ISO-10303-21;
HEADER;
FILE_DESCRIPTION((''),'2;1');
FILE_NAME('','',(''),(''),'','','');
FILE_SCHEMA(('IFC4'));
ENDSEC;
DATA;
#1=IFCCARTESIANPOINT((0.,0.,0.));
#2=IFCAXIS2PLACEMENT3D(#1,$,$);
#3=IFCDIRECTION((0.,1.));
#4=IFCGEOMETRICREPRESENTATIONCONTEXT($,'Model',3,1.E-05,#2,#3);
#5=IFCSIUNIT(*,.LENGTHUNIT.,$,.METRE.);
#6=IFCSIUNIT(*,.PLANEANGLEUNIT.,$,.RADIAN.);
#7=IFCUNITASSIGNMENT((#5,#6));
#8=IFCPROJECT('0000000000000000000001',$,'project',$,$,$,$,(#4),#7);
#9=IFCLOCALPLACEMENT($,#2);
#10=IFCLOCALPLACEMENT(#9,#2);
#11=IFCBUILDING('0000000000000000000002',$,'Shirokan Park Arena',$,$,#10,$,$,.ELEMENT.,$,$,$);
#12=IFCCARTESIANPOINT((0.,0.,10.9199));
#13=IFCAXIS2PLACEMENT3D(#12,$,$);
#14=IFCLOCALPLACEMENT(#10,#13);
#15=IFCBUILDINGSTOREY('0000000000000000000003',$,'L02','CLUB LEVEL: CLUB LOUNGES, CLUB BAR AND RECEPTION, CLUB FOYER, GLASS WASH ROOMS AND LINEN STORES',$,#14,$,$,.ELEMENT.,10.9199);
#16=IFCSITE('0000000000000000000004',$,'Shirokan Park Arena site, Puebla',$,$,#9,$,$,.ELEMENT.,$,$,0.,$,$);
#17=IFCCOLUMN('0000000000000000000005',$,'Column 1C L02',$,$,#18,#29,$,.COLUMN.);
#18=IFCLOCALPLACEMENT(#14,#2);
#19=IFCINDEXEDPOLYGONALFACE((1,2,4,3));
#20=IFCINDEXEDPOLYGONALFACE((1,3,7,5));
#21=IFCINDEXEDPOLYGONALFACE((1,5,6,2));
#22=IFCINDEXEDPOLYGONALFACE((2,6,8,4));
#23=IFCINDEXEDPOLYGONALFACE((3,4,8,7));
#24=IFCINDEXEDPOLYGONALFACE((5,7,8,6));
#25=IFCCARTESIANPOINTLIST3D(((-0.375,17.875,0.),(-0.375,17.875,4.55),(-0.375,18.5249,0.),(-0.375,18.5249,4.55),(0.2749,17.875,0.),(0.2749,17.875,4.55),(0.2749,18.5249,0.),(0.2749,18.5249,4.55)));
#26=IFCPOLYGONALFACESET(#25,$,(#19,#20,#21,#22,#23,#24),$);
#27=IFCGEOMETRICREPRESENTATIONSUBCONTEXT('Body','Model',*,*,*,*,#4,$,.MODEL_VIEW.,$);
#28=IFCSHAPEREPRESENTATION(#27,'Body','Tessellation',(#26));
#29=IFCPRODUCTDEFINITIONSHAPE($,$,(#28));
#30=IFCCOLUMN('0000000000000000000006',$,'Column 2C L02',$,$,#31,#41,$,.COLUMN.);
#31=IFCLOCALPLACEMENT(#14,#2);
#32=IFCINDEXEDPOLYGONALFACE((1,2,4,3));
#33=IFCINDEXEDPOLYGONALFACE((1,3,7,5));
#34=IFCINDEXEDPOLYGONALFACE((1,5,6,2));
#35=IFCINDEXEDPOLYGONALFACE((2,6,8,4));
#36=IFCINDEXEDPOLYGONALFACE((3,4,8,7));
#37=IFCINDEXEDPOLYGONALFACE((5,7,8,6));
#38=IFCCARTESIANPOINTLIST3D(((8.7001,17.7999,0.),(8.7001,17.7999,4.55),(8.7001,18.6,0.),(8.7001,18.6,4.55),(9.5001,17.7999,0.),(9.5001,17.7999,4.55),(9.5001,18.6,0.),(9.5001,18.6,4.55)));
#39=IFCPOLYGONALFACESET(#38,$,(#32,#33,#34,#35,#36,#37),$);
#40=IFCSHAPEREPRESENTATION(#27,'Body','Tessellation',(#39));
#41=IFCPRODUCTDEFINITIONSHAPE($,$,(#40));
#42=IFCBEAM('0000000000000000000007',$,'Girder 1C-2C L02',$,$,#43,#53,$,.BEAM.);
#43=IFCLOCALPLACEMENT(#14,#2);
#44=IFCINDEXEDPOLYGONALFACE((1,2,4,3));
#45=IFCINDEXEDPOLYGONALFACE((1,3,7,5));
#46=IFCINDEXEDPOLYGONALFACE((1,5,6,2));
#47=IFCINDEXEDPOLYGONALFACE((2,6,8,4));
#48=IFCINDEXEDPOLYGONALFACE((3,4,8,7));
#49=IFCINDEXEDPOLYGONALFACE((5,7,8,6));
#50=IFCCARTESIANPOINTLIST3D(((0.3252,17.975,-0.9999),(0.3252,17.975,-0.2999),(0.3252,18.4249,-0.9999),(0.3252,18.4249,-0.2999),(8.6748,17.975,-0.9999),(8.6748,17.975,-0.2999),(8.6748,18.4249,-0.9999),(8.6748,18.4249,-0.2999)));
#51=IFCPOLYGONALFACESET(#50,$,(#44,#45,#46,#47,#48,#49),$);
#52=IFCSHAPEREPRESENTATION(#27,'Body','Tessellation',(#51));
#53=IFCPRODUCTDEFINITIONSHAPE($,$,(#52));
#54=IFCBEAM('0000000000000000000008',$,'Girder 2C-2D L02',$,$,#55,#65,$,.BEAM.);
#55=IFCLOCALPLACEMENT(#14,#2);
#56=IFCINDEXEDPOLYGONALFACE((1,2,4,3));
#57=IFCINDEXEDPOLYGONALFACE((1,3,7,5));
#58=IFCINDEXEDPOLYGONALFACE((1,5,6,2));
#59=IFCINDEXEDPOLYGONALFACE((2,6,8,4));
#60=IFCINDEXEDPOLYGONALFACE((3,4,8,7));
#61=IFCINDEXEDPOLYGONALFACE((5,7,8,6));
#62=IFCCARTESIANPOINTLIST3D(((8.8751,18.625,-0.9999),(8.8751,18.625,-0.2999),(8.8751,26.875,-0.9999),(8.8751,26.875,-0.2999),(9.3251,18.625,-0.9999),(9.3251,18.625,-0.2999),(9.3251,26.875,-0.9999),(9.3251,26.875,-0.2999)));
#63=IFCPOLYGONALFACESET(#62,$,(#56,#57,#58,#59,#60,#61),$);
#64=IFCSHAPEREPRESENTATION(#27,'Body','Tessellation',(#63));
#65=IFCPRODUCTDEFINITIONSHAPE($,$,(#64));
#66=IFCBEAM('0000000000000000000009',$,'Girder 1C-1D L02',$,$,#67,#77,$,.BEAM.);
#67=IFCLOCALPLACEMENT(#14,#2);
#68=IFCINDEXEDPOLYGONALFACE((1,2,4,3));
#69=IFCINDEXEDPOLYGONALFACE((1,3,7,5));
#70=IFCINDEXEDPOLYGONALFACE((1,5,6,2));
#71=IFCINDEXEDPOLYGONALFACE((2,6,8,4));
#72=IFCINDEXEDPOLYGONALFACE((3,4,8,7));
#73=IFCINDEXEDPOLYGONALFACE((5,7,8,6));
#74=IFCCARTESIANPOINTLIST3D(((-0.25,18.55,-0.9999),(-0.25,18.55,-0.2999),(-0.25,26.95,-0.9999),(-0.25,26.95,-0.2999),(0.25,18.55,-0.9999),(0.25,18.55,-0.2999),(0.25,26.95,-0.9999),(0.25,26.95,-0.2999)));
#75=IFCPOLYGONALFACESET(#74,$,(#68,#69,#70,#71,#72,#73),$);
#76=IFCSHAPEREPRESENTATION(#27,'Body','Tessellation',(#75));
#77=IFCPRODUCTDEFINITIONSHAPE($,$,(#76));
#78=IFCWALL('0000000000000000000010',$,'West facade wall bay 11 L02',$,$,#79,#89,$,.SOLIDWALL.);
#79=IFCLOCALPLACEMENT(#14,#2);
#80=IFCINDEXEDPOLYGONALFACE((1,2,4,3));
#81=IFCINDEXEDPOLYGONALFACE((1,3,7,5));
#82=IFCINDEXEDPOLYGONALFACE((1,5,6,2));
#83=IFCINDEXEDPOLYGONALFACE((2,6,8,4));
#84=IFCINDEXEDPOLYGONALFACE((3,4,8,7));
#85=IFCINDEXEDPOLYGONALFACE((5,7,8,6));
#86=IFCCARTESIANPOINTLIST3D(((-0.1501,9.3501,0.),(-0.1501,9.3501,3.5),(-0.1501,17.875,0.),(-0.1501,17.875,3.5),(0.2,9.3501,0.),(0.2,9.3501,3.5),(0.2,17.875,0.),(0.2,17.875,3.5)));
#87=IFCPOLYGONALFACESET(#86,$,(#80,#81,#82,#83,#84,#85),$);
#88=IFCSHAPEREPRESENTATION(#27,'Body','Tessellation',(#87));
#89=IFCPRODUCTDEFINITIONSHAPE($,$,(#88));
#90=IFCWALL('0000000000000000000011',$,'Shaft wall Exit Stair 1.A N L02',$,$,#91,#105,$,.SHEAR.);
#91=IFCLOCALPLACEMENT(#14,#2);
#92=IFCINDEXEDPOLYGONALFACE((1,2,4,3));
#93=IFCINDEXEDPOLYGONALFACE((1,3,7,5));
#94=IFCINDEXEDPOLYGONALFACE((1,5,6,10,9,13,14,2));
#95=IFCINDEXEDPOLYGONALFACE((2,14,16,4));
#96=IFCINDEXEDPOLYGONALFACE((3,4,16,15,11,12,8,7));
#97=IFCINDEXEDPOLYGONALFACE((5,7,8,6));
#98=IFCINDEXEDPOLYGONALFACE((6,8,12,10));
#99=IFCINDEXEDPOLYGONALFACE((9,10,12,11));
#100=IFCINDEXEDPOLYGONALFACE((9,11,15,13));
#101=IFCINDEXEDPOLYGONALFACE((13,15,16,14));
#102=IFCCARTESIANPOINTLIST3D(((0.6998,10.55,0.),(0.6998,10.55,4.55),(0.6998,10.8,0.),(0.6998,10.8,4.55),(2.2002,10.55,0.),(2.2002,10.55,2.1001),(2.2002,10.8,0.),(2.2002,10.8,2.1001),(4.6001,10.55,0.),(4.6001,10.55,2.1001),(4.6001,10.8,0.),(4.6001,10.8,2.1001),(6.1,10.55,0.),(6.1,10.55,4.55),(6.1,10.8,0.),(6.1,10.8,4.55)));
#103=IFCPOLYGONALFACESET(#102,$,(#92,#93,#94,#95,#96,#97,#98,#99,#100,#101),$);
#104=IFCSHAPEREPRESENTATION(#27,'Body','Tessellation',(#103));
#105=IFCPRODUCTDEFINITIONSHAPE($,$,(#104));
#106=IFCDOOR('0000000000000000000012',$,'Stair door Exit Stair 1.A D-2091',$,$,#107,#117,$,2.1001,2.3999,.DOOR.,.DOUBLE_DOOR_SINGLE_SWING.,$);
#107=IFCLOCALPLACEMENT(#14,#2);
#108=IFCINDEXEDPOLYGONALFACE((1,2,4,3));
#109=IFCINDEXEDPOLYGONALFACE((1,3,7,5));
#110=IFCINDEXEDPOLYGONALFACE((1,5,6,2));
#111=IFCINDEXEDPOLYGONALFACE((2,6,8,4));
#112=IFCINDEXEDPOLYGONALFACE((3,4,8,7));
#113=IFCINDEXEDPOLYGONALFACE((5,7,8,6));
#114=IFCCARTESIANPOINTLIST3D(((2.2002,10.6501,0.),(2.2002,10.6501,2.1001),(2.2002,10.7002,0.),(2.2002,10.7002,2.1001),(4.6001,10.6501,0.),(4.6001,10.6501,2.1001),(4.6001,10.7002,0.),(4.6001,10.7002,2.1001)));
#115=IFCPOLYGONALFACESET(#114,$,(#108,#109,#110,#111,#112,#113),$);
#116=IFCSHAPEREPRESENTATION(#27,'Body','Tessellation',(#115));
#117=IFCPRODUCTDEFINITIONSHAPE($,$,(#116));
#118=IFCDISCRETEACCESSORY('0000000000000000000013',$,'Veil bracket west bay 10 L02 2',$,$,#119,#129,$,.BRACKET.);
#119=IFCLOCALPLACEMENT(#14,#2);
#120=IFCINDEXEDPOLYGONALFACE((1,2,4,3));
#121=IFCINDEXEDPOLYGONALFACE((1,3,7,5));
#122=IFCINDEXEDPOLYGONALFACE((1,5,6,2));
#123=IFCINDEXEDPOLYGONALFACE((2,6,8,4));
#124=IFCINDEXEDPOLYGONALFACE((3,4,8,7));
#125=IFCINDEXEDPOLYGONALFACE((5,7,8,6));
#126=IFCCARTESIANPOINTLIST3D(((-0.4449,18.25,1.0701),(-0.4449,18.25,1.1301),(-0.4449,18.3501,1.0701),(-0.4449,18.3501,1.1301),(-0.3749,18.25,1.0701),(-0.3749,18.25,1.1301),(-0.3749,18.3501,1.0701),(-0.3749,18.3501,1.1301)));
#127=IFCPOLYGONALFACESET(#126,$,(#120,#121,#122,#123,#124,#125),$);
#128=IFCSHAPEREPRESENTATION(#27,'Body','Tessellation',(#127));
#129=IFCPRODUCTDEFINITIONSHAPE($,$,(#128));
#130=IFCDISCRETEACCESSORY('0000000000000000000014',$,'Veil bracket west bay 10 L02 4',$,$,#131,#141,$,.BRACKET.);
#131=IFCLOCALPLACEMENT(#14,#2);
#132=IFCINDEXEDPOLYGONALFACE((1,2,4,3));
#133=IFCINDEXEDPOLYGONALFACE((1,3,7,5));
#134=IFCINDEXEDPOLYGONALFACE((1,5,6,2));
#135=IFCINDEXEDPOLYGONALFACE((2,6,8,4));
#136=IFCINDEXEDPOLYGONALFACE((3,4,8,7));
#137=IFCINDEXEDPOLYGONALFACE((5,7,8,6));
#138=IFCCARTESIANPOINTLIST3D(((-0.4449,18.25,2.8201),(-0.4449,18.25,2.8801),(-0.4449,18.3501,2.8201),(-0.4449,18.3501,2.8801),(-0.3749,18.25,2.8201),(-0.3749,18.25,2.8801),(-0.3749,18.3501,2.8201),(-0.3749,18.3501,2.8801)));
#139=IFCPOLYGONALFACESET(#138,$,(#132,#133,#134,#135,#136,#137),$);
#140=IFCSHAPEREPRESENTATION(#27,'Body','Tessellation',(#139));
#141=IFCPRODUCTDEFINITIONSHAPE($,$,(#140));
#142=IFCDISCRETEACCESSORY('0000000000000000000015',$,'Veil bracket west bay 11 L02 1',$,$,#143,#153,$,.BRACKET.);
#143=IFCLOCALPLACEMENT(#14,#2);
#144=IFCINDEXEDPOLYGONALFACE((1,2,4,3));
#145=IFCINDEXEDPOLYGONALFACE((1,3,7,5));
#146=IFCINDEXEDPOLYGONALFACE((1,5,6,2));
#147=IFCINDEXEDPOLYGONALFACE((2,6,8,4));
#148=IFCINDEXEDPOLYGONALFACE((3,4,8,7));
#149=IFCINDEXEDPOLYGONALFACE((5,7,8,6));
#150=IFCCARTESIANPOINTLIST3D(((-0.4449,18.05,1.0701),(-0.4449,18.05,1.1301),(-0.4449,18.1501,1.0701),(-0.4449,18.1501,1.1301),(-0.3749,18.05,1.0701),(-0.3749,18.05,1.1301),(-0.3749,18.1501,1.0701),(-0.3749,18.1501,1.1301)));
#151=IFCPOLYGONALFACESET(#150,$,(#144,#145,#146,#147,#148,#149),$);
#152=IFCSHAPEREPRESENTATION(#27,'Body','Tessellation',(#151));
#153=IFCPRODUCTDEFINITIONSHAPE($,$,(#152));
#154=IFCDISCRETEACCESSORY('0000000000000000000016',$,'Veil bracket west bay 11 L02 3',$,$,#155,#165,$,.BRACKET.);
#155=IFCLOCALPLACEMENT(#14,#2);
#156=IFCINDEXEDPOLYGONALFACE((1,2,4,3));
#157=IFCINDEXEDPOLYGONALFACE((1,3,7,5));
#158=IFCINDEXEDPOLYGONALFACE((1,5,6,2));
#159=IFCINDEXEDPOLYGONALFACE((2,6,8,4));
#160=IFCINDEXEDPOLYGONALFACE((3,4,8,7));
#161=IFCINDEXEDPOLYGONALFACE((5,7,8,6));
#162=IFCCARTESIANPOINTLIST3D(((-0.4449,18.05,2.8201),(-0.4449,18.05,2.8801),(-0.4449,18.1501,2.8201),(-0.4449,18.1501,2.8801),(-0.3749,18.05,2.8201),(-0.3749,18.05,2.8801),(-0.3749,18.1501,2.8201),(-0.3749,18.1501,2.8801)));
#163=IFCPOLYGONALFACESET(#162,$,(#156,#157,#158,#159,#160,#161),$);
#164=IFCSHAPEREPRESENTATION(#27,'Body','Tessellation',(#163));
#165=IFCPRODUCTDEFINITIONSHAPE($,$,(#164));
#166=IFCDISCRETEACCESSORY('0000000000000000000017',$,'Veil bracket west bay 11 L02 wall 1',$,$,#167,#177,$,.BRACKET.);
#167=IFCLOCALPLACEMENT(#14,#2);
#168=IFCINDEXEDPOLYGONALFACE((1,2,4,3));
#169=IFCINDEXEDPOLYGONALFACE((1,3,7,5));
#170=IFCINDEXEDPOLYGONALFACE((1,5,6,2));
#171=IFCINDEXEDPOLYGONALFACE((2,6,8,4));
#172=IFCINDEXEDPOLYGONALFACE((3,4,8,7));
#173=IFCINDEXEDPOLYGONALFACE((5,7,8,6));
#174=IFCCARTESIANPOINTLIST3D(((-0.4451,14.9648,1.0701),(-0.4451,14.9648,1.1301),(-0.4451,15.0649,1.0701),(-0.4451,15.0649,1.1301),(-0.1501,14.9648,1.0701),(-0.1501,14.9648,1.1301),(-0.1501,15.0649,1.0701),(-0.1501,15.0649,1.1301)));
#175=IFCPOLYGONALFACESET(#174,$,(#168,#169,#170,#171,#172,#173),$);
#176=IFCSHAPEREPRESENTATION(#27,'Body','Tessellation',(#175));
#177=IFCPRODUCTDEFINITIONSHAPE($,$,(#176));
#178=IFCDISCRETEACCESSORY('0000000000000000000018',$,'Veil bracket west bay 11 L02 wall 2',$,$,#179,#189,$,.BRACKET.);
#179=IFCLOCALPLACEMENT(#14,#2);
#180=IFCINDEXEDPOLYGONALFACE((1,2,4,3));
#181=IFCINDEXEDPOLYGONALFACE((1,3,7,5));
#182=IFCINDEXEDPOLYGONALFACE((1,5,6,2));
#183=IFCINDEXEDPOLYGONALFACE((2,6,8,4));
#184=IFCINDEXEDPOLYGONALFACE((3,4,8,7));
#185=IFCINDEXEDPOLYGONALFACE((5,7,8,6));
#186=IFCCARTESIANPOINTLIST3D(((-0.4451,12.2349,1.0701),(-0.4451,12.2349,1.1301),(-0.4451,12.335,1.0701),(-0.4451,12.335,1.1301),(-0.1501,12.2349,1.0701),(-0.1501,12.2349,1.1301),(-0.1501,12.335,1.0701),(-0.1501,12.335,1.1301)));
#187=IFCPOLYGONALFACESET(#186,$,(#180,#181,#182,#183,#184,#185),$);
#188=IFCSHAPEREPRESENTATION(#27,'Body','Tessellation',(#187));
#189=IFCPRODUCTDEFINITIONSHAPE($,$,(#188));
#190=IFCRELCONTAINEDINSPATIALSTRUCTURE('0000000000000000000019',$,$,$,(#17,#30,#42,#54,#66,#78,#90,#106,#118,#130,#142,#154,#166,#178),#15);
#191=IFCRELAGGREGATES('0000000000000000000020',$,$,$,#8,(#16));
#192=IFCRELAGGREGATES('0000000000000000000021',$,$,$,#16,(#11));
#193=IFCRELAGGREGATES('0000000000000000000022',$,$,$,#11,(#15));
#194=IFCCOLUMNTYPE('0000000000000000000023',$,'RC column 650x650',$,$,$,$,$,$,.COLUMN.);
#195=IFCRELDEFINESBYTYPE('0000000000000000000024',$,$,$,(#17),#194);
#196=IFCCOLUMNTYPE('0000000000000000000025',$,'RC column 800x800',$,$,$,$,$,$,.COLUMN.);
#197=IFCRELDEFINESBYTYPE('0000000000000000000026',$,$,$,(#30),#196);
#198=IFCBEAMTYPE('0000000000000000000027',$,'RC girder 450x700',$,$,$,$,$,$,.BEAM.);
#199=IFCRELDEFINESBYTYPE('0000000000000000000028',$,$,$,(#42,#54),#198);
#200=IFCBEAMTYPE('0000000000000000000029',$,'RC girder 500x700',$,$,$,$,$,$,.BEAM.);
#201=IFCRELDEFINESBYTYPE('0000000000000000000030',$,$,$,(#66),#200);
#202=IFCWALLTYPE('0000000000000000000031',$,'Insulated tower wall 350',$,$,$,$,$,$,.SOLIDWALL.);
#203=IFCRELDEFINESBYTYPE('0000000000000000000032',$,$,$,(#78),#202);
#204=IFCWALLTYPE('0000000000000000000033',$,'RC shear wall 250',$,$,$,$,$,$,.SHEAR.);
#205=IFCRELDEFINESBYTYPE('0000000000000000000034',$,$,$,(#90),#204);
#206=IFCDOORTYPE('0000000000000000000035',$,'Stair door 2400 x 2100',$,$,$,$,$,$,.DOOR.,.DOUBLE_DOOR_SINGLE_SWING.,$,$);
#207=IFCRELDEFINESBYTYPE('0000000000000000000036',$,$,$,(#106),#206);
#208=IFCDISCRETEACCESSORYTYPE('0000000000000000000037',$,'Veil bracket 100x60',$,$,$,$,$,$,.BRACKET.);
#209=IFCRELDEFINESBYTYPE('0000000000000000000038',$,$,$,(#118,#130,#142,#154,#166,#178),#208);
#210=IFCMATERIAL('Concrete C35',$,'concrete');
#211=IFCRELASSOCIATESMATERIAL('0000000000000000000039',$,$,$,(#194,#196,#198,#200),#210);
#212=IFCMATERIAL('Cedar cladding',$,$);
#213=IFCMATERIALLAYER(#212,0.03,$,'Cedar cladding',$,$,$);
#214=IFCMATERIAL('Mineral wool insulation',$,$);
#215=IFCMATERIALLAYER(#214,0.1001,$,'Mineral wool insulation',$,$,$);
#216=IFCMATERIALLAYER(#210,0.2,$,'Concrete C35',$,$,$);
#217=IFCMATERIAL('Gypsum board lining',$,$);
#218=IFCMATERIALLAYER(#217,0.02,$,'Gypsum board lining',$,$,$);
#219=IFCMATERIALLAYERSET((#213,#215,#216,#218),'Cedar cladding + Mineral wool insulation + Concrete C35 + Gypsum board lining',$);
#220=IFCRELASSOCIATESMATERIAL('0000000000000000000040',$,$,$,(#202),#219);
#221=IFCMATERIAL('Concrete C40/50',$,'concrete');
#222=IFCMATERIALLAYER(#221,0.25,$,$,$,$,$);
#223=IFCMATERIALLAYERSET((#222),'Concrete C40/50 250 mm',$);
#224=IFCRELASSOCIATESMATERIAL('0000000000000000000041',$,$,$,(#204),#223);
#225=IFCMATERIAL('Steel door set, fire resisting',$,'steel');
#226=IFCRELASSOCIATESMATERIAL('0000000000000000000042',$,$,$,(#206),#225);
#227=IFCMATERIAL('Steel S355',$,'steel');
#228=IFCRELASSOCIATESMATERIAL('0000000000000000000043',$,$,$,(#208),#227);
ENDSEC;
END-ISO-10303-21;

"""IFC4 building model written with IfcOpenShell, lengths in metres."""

from ifc_helpers import new_model, si_unit, direction, frame, frame_2d, origin, origin_2d, place, context, subcontext, project, spatial, rectangle, extrude, material, layer, layer_set, material_profile, profile_set, type_object, element, fill, save


model = new_model("IFC4")

# Units and contexts
model_context = context("Model", 3, precision=1e-05, world=origin(), true_north=direction((0.0, 1.0)))
body_context = subcontext(model_context, "Body", "Model", "MODEL_VIEW")
ifc_project = project(units=[si_unit("LENGTHUNIT", "METRE"), si_unit("PLANEANGLEUNIT", "RADIAN")], contexts=[model_context])

# Site, building, storey
site_placement = place(None, origin())
site = spatial("IfcSite", under=ifc_project, at=site_placement, Name="Shirokan Park Arena site, Puebla", CompositionType="ELEMENT", RefElevation=0.0)
building_placement = place(site_placement, origin())
building = spatial("IfcBuilding", under=site, at=building_placement, Name="Shirokan Park Arena", CompositionType="ELEMENT")
storey_placement = place(building_placement, frame((0.0, 0.0, 10.9199)))
storey = spatial("IfcBuildingStorey", under=building, at=storey_placement, Name="L02", Description="CLUB LEVEL: CLUB LOUNGES, CLUB BAR AND RECEPTION, CLUB FOYER, GLASS WASH ROOMS AND LINEN STORES", CompositionType="ELEMENT", Elevation=10.9199)

# Columns
ifc_material_1 = material(Name="Concrete C35", Category="concrete")
ifc_material_profile_1 = material_profile(ifc_material_1, rectangle(XDim=0.6499, YDim=0.6499, at=origin_2d()), Name="650x650")
ifc_profile_set_1 = profile_set([ifc_material_profile_1], Name="Concrete C35")
column_type_1 = type_object("IfcColumnType", Name="RC column 650x650", PredefinedType="COLUMN", material=ifc_profile_set_1)
column_1_placement = place(storey_placement, frame((-0.05, 18.2, 0.0), z_axis=(0.0, 0.0, 1.0), x_axis=(1.0, 0.0, 0.0)))
element("IfcColumn", 1, at=column_1_placement, inside=storey, type_object=column_type_1, Name="Column 1C L02", PredefinedType="COLUMN", context=body_context, shape_type="SweptSolid", body=[
    extrude(rectangle(XDim=0.6499, YDim=0.6499, at=origin_2d()), origin(), (0.0, 0.0, 1.0), 4.55),
])
ifc_material_profile_2 = material_profile(ifc_material_1, rectangle(XDim=0.8, YDim=0.8, at=origin_2d()), Name="800x800")
ifc_profile_set_2 = profile_set([ifc_material_profile_2], Name="Concrete C35")
column_type_2 = type_object("IfcColumnType", Name="RC column 800x800", PredefinedType="COLUMN", material=ifc_profile_set_2)
column_2_placement = place(storey_placement, frame((9.1001, 18.2, 0.0), z_axis=(0.0, 0.0, 1.0), x_axis=(1.0, 0.0, 0.0)))
element("IfcColumn", 2, at=column_2_placement, inside=storey, type_object=column_type_2, Name="Column 2C L02", PredefinedType="COLUMN", context=body_context, shape_type="SweptSolid", body=[
    extrude(rectangle(XDim=0.8, YDim=0.8, at=origin_2d()), origin(), (0.0, 0.0, 1.0), 4.55),
])

# Beams
ifc_material_profile_3 = material_profile(ifc_material_1, rectangle(XDim=0.45, YDim=0.7, at=origin_2d()), Name="450x700")
ifc_profile_set_3 = profile_set([ifc_material_profile_3], Name="Concrete C35")
beam_type_1 = type_object("IfcBeamType", Name="RC girder 450x700", PredefinedType="BEAM", material=ifc_profile_set_3)
beam_1_placement = place(storey_placement, frame((0.3252, 18.2, -0.6499), z_axis=(1.0, 0.0, 0.0), x_axis=(0.0, 1.0, 0.0)))
element("IfcBeam", 3, at=beam_1_placement, inside=storey, type_object=beam_type_1, Name="Girder 1C-2C L02", PredefinedType="BEAM", context=body_context, shape_type="SweptSolid", body=[
    extrude(rectangle(XDim=0.45, YDim=0.7, at=origin_2d()), origin(), (0.0, 0.0, 1.0), 8.3496),
])
beam_2_placement = place(storey_placement, frame((9.1001, 18.625, -0.6499), z_axis=(0.0, 1.0, 0.0), x_axis=(-1.0, 0.0, 0.0)))
element("IfcBeam", 4, at=beam_2_placement, inside=storey, type_object=beam_type_1, Name="Girder 2C-2D L02", PredefinedType="BEAM", context=body_context, shape_type="SweptSolid", body=[
    extrude(rectangle(XDim=0.45, YDim=0.7, at=origin_2d()), origin(), (0.0, 0.0, 1.0), 8.25),
])
ifc_material_profile_4 = material_profile(ifc_material_1, rectangle(XDim=0.5, YDim=0.7, at=origin_2d()), Name="500x700")
ifc_profile_set_4 = profile_set([ifc_material_profile_4], Name="Concrete C35")
beam_type_2 = type_object("IfcBeamType", Name="RC girder 500x700", PredefinedType="BEAM", material=ifc_profile_set_4)
beam_3_placement = place(storey_placement, frame((0.0, 18.55, -0.6499), z_axis=(0.0, 1.0, 0.0), x_axis=(-1.0, 0.0, 0.0)))
element("IfcBeam", 5, at=beam_3_placement, inside=storey, type_object=beam_type_2, Name="Girder 1C-1D L02", PredefinedType="BEAM", context=body_context, shape_type="SweptSolid", body=[
    extrude(rectangle(XDim=0.5, YDim=0.7, at=origin_2d()), origin(), (0.0, 0.0, 1.0), 8.3999),
])

# Shared definitions
ifc_material_2 = material(Name="Mineral wool insulation")

# Wall
ifc_material_3 = material(Name="Cedar cladding")
ifc_layer_1 = layer(ifc_material_3, 0.03, Name="Cedar cladding")
ifc_layer_2 = layer(ifc_material_2, 0.1001, Name="Mineral wool insulation")
ifc_layer_3 = layer(ifc_material_1, 0.2, Name="Concrete C35")
ifc_material_4 = material(Name="Gypsum board lining")
ifc_layer_4 = layer(ifc_material_4, 0.02, Name="Gypsum board lining")
ifc_layer_set_1 = layer_set([ifc_layer_1, ifc_layer_2, ifc_layer_3, ifc_layer_4], Name="Cedar cladding + Mineral wool insulation + Concrete C35 + Gypsum board lining")
wall_type_1 = type_object("IfcWallType", Name="Insulated tower wall 350", PredefinedType="SOLIDWALL", material=ifc_layer_set_1)
wall_1_placement = place(storey_placement, frame((0.0249, 17.875, 0.0), z_axis=(0.0, 0.0, 1.0), x_axis=(0.0, -1.0, 0.0)))
element("IfcWall", 6, at=wall_1_placement, inside=storey, type_object=wall_type_1, Name="West facade wall bay 11 L02", PredefinedType="SOLIDWALL", context=body_context, shape_type="SweptSolid", body=[
    extrude(rectangle(XDim=8.5249, YDim=0.3501, at=frame_2d((4.2625, 0.0))), origin(), (0.0, 0.0, 1.0), 3.5),
])

# Wall, opening, door
ifc_material_5 = material(Name="Concrete C40/50", Category="concrete")
ifc_layer_5 = layer(ifc_material_5, 0.25)
ifc_layer_set_2 = layer_set([ifc_layer_5], Name="Concrete C40/50 250 mm")
wall_type_2 = type_object("IfcWallType", Name="RC shear wall 250", PredefinedType="SHEAR", material=ifc_layer_set_2)
wall_2_placement = place(storey_placement, frame((6.1001, 10.675, 0.0), z_axis=(0.0, 0.0, 1.0), x_axis=(-1.0, 0.0, 0.0)))
wall_2 = element("IfcWall", 7, at=wall_2_placement, inside=storey, type_object=wall_type_2, Name="Shaft wall Exit Stair 1.A N L02", PredefinedType="SHEAR", context=body_context, shape_type="SweptSolid", body=[
    extrude(rectangle(XDim=5.4001, YDim=0.25, at=frame_2d((2.7002, 0.0))), origin(), (0.0, 0.0, 1.0), 4.55),
])
opening_1_placement = place(wall_2_placement, frame((1.5, 0.0, 0.0)))
opening_1 = element("IfcOpeningElement", 8, at=opening_1_placement, cuts=wall_2, PredefinedType="OPENING", context=body_context, shape_type="SweptSolid", body=[
    extrude(rectangle(XDim=2.3999, YDim=2.1001, at=frame_2d((1.2, 1.05))), frame((0.0, 0.135, 0.0), z_axis=(0.0, -1.0, 0.0), x_axis=(1.0, 0.0, 0.0)), (0.0, 0.0, 1.0), 0.27),
])
ifc_material_6 = material(Name="Steel door set, fire resisting", Category="steel")
door_type_1 = type_object("IfcDoorType", Name="Stair door 2400 x 2100", OperationType="DOUBLE_DOOR_SINGLE_SWING", PredefinedType="DOOR", material=ifc_material_6)
door_1_placement = place(opening_1_placement, origin())
door_1 = element("IfcDoor", 9, at=door_1_placement, inside=storey, type_object=door_type_1, Name="Stair door Exit Stair 1.A D-2091", OperationType="DOUBLE_DOOR_SINGLE_SWING", OverallHeight=2.1001, OverallWidth=2.3999, PredefinedType="DOOR", context=body_context, shape_type="SweptSolid", body=[
    extrude(rectangle(XDim=2.3999, YDim=2.1001, at=frame_2d((1.2, 1.05))), frame((0.0, 0.0249, 0.0), z_axis=(0.0, -1.0, 0.0), x_axis=(1.0, 0.0, 0.0)), (0.0, 0.0, 1.0), 0.05),
])
fill(opening_1, door_1)

# Discrete accessories
ifc_material_7 = material(Name="Steel S355", Category="steel")
discrete_accessory_type = type_object("IfcDiscreteAccessoryType", Name="Veil bracket 100x60", PredefinedType="BRACKET", material=ifc_material_7)
for number, where, z_axis, x_axis, name in (
    (10, (-0.4099, 18.3, 1.0701), (0.0, 0.0, 1.0), (0.0, -1.0, 0.0), "Veil bracket west bay 10 L02 2"),
    (11, (-0.4099, 18.3, 2.8201), (0.0, 0.0, 1.0), (0.0, -1.0, 0.0), "Veil bracket west bay 10 L02 4"),
    (12, (-0.4099, 18.1001, 1.0701), (0.0, 0.0, 1.0), (0.0, -1.0, 0.0), "Veil bracket west bay 11 L02 1"),
    (13, (-0.4099, 18.1001, 2.8201), (0.0, 0.0, 1.0), (0.0, -1.0, 0.0), "Veil bracket west bay 11 L02 3"),
):
    element("IfcDiscreteAccessory", number, at=place(storey_placement, frame(where, z_axis=z_axis, x_axis=x_axis)), inside=storey, type_object=discrete_accessory_type, Name=name, PredefinedType="BRACKET", context=body_context, shape_type="SweptSolid", body=[
        extrude(rectangle(XDim=0.1001, YDim=0.0701, at=origin_2d()), origin(), (0.0, 0.0, 1.0), 0.0601),
    ])
for number, where, z_axis, x_axis, name in (
    (14, (-0.2976, 15.0149, 1.0701), (0.0, 0.0, 1.0), (0.0, -1.0, 0.0), "Veil bracket west bay 11 L02 wall 1"),
    (15, (-0.2976, 12.2849, 1.0701), (0.0, 0.0, 1.0), (0.0, -1.0, 0.0), "Veil bracket west bay 11 L02 wall 2"),
):
    element("IfcDiscreteAccessory", number, at=place(storey_placement, frame(where, z_axis=z_axis, x_axis=x_axis)), inside=storey, type_object=discrete_accessory_type, Name=name, PredefinedType="BRACKET", context=body_context, shape_type="SweptSolid", body=[
        extrude(rectangle(XDim=0.1001, YDim=0.2949, at=origin_2d()), origin(), (0.0, 0.0, 1.0), 0.0601),
    ])

save(model, "model.ifc")
